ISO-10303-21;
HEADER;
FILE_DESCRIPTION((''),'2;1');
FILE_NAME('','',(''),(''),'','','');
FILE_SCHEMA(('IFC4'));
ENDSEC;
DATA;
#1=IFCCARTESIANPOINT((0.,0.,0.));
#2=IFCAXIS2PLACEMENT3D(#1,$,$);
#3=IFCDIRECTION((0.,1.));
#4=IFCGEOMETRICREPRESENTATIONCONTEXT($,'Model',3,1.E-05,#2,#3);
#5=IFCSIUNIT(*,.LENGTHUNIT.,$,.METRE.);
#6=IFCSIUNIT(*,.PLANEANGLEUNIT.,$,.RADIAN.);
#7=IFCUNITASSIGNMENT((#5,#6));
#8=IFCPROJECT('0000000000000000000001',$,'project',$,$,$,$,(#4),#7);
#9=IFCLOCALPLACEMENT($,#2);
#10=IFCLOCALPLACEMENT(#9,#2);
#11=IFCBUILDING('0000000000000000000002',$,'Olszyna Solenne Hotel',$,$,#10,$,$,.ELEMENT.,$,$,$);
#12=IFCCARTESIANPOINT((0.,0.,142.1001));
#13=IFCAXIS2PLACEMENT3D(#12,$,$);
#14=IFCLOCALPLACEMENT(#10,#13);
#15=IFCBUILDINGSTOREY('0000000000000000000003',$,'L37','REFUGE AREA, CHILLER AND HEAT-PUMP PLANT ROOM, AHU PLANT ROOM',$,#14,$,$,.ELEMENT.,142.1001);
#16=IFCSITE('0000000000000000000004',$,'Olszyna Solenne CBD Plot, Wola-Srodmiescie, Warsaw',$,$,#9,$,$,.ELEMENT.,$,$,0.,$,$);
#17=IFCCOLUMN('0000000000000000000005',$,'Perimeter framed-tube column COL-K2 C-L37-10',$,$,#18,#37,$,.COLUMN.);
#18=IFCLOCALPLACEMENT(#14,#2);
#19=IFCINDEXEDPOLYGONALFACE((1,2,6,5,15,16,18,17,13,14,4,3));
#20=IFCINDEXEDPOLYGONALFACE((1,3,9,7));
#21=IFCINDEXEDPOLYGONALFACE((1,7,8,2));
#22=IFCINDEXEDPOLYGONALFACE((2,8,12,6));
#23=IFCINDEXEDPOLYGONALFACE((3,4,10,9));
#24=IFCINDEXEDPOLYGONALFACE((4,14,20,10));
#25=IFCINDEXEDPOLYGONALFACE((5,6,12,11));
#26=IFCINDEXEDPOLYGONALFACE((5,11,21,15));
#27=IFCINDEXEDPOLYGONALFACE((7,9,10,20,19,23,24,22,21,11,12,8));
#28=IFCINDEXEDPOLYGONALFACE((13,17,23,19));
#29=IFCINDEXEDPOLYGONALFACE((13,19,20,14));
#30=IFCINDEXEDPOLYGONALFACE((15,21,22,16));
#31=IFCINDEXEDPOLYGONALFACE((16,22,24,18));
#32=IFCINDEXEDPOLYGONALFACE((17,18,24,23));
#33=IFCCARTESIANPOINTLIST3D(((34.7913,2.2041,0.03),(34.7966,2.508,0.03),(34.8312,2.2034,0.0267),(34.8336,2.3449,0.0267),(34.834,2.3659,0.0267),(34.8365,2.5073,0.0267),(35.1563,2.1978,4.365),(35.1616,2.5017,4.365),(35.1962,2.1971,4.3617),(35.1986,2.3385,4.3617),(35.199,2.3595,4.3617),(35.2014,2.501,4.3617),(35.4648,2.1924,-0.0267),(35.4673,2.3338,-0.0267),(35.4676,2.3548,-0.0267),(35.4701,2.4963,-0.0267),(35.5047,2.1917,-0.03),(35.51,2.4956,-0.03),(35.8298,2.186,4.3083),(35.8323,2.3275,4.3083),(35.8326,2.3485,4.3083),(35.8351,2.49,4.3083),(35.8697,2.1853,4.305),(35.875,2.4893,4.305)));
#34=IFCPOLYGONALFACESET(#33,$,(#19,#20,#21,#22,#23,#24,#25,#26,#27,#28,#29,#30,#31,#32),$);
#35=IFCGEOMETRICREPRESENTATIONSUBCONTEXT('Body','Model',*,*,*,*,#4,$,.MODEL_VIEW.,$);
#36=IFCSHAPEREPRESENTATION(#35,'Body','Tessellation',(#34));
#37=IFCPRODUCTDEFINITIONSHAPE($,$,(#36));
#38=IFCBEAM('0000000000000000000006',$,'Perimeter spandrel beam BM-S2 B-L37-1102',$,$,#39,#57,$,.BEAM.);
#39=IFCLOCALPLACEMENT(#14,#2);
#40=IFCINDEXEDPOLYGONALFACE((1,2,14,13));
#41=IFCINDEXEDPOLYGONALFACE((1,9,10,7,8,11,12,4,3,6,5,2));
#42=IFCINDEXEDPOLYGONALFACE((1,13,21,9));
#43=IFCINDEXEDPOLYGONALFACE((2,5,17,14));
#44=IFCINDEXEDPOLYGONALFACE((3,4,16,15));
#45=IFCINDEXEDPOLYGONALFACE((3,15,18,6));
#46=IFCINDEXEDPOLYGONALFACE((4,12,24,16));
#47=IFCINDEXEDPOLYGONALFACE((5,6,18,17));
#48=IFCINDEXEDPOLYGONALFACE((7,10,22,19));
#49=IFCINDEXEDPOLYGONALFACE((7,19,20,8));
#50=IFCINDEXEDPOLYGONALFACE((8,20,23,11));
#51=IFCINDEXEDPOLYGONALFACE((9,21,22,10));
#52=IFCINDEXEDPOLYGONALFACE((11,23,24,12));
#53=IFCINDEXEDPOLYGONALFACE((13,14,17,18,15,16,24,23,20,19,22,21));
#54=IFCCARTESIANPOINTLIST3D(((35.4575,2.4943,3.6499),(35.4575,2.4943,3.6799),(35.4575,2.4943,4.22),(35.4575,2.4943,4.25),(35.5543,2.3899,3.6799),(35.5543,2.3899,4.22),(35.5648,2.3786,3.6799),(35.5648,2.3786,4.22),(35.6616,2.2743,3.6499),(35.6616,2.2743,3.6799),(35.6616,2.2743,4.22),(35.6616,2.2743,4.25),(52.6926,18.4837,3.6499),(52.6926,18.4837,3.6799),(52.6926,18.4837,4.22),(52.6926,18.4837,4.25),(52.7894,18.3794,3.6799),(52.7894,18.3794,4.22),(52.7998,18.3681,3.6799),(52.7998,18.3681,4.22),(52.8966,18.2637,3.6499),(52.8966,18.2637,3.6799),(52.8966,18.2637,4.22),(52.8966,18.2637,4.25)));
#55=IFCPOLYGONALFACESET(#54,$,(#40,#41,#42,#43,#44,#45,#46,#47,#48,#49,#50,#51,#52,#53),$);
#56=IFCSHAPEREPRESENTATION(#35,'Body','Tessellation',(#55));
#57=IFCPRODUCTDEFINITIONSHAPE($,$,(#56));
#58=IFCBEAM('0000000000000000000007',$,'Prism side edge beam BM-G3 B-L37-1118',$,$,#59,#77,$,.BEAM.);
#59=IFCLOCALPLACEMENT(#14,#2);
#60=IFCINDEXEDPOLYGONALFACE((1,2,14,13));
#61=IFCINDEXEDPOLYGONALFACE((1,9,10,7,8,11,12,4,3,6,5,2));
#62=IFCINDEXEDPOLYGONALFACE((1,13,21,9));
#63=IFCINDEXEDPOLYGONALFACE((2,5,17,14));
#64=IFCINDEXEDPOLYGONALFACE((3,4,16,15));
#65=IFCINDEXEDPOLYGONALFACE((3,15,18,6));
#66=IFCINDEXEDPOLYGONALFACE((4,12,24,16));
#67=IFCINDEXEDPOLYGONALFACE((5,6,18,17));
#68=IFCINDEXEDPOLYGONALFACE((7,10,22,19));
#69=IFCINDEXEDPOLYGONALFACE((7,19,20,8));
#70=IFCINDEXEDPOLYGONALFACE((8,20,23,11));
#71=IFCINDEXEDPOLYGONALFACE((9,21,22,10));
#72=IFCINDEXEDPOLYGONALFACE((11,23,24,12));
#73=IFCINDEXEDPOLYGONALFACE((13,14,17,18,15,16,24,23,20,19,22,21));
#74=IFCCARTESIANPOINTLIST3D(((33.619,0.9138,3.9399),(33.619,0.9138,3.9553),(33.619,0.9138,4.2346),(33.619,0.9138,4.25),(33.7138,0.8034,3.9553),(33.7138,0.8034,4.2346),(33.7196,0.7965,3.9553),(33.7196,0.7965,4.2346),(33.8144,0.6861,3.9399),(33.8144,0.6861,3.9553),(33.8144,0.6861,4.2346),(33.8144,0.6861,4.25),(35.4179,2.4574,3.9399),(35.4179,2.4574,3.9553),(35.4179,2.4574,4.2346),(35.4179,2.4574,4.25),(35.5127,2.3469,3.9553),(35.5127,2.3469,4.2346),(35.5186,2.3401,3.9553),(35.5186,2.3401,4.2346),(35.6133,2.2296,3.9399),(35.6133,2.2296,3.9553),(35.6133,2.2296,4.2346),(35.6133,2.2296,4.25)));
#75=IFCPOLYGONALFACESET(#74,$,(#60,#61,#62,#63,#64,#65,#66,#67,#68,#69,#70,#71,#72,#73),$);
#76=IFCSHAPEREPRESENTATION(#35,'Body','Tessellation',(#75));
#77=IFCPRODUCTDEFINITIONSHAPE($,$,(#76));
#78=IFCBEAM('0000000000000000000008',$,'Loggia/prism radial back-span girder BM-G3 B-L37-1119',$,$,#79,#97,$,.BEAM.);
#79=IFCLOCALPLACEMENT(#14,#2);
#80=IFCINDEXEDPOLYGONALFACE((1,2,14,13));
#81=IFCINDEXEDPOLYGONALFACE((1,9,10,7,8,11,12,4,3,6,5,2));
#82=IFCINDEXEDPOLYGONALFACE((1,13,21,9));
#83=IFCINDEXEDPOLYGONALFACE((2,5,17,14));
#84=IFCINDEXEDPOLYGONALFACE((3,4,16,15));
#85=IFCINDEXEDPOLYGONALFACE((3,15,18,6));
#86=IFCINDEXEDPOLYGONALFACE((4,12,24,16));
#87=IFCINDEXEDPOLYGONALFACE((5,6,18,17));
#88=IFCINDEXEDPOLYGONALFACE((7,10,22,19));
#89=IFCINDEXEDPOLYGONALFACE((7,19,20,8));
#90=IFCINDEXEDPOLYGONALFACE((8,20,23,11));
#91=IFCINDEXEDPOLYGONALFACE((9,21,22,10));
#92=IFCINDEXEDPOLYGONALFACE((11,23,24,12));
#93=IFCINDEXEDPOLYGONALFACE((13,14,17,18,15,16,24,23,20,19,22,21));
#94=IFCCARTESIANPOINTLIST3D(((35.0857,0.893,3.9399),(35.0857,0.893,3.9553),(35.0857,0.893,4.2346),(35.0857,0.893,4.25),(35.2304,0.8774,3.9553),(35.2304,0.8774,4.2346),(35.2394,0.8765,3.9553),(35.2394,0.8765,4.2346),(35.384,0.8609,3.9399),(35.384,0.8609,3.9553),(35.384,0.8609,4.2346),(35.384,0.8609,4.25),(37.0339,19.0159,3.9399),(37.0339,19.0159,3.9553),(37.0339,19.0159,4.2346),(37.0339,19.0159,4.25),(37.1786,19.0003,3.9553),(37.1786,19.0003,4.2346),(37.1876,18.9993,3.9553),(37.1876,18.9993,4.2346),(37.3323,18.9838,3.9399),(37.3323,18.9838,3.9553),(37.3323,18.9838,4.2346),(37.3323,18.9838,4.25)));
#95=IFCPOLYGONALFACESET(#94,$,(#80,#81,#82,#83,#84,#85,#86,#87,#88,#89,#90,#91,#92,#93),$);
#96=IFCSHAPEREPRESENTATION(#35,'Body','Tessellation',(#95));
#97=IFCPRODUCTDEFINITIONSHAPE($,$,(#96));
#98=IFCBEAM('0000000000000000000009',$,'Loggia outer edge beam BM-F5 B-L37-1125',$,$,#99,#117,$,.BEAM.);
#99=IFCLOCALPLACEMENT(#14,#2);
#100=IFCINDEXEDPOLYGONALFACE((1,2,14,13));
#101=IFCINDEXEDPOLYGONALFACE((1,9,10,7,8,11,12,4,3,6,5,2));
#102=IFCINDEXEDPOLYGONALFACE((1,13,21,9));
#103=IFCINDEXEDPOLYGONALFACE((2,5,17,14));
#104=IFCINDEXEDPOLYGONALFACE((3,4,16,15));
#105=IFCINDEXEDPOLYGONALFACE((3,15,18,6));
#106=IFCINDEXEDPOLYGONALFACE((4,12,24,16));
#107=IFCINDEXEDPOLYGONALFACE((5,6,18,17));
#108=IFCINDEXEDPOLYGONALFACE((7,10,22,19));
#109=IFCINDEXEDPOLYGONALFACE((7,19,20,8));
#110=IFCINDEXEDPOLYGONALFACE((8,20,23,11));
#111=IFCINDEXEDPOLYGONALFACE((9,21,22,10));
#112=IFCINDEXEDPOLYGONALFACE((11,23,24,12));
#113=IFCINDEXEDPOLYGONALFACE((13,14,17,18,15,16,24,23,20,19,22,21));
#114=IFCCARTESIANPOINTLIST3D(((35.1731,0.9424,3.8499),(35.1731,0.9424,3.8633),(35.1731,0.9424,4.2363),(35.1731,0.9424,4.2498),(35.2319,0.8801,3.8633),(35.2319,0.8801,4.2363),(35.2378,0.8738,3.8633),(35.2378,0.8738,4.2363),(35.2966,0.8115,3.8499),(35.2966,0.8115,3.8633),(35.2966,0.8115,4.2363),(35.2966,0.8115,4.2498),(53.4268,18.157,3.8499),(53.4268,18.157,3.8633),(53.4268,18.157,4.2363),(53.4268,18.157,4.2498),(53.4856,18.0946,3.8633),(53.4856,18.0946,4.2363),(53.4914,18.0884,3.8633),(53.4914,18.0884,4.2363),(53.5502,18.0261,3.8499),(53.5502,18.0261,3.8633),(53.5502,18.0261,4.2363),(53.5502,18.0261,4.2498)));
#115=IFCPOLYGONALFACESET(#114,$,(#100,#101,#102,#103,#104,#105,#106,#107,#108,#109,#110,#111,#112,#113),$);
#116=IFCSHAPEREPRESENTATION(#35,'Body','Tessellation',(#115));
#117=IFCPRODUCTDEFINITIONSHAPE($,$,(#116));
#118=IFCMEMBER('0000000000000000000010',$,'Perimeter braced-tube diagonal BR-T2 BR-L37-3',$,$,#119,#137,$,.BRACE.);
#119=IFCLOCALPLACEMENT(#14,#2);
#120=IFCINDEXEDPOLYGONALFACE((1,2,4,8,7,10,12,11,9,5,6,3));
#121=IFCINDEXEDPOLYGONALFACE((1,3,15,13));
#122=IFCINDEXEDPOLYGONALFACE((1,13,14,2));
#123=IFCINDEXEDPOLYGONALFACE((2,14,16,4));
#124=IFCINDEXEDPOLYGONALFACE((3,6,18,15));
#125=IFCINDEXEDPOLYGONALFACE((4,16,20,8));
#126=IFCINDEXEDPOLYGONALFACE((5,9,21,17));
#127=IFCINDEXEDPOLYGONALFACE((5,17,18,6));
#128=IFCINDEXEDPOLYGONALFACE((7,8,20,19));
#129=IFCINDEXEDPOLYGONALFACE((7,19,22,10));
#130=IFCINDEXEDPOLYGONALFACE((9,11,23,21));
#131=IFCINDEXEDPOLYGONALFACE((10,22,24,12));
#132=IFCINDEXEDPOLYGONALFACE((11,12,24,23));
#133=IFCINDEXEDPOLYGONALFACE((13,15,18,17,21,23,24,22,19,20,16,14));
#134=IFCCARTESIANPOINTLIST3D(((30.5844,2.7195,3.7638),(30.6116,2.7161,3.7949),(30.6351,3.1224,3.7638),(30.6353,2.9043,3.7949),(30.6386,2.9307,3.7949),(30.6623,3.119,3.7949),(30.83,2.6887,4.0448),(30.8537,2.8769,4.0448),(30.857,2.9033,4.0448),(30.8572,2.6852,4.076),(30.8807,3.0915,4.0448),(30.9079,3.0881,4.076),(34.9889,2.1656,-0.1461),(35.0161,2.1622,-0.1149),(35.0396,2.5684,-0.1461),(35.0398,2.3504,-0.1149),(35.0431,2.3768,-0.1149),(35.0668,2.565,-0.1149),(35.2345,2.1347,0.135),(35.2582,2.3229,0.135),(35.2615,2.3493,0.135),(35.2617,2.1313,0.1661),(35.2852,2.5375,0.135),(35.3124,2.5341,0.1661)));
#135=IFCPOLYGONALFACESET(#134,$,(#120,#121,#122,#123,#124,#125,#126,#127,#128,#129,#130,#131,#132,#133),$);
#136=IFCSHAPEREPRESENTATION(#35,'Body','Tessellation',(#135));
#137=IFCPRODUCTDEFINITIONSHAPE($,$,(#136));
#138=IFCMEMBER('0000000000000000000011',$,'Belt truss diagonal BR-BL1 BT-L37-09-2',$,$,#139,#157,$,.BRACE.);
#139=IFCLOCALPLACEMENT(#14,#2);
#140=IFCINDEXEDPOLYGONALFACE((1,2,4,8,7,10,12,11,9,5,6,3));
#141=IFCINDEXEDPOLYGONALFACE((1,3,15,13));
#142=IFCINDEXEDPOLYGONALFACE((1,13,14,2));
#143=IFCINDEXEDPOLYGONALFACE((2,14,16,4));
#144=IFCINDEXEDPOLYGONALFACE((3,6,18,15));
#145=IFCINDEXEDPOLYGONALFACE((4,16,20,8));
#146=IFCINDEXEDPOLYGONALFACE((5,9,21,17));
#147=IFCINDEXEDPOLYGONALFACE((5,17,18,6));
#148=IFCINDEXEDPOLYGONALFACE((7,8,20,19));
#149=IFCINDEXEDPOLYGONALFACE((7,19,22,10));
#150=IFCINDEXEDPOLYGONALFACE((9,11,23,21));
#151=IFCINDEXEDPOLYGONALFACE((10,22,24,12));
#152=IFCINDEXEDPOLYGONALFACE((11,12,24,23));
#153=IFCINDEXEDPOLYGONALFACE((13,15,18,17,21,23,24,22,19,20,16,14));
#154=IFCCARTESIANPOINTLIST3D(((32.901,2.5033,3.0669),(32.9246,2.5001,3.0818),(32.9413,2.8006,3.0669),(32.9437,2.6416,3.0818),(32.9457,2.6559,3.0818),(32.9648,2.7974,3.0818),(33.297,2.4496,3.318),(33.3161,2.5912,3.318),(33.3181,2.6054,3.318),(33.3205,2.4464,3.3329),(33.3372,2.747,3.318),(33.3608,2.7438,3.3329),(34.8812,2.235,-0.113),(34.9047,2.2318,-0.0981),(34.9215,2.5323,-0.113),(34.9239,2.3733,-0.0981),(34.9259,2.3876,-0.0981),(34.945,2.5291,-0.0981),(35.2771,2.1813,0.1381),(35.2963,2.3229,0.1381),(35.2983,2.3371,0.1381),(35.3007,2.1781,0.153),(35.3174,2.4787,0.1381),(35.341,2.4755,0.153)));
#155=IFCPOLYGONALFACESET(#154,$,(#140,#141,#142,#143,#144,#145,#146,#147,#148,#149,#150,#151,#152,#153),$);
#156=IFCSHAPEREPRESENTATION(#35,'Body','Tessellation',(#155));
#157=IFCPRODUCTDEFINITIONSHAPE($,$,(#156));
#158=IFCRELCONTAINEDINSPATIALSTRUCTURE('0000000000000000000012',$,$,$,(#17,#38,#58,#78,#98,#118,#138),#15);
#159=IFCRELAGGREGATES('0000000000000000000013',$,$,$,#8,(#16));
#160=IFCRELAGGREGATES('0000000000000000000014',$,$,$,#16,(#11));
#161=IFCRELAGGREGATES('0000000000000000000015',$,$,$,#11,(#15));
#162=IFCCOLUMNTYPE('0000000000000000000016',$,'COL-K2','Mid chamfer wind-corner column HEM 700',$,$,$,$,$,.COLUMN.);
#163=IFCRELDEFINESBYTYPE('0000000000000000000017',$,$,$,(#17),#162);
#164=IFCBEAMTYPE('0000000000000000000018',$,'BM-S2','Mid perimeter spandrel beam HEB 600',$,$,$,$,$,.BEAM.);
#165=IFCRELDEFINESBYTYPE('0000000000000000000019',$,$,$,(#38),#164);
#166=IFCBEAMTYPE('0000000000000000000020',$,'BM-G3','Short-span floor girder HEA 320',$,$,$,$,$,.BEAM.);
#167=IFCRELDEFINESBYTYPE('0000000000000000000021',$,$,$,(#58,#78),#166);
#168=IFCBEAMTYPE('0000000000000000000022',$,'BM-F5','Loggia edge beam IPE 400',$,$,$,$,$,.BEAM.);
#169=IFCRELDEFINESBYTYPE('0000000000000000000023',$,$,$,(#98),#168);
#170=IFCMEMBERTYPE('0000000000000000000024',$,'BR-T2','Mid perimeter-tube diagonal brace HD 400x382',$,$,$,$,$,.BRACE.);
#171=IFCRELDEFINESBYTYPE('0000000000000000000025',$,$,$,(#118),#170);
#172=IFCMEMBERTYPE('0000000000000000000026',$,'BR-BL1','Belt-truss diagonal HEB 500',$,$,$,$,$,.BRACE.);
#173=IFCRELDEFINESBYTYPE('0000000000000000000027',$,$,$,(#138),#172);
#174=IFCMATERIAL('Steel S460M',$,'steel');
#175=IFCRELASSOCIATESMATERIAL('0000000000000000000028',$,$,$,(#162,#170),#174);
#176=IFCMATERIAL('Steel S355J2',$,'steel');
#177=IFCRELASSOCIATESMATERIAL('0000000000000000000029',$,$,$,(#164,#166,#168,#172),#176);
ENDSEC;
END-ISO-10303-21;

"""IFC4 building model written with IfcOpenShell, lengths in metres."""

from ifc_helpers import new_model, si_unit, direction, frame, origin, origin_2d, place, context, subcontext, project, spatial, i_section, extrude, source, transform, mapped, material, material_profile, profile_set, type_object, element, save


model = new_model("IFC4")

# Units and contexts
model_context = context("Model", 3, precision=1e-05, world=origin(), true_north=direction((0.0, 1.0)))
body_context = subcontext(model_context, "Body", "Model", "MODEL_VIEW")
ifc_project = project(units=[si_unit("LENGTHUNIT", "METRE"), si_unit("PLANEANGLEUNIT", "RADIAN")], contexts=[model_context])

# Site, building, storey
site_placement = place(None, origin())
site = spatial("IfcSite", under=ifc_project, at=site_placement, Name="Olszyna Solenne CBD Plot, Wola-Srodmiescie, Warsaw", CompositionType="ELEMENT", RefElevation=0.0)
building_placement = place(site_placement, origin())
building = spatial("IfcBuilding", under=site, at=building_placement, Name="Olszyna Solenne Hotel", CompositionType="ELEMENT")
storey_placement = place(building_placement, frame((0.0, 0.0, 142.1001)))
storey = spatial("IfcBuildingStorey", under=building, at=storey_placement, Name="L37", Description="REFUGE AREA, CHILLER AND HEAT-PUMP PLANT ROOM, AHU PLANT ROOM", CompositionType="ELEMENT", Elevation=142.1001)

# Column
ifc_material_1 = material(Name="Steel S460M", Category="steel")
ifc_material_profile_1 = material_profile(ifc_material_1, i_section(OverallWidth=0.304, OverallDepth=0.7161, WebThickness=0.021, FlangeThickness=0.04, at=origin_2d()), Name="HEM 700", Category="load-bearing")
ifc_profile_set_1 = profile_set([ifc_material_profile_1], Name="Steel S460M")
column_type = type_object("IfcColumnType", Name="COL-K2", Description="Mid chamfer wind-corner column HEM 700", PredefinedType="COLUMN", material=ifc_profile_set_1)
shared_shape_1 = source(origin(), body_context, "Body", "SweptSolid", [
    extrude(i_section(OverallWidth=0.304, OverallDepth=0.7161, WebThickness=0.021, FlangeThickness=0.04, at=origin_2d()), origin(), (0.0, 0.0, 1.0), 4.3503),
])
column_placement = place(storey_placement, frame((35.1506, 2.3499, 0.0), z_axis=(0.0839, -0.001459, 0.996473), x_axis=(0.017389, 0.999849, 0.0)))
element("IfcColumn", 1, at=column_placement, inside=storey, type_object=column_type, Name="Perimeter framed-tube column COL-K2 C-L37-10", PredefinedType="COLUMN", context=body_context, shape_type="MappedRepresentation", body=[
    mapped(shared_shape_1, transform((0.0, 0.0, 0.0), x_axis=(1.0, 0.0, 0.0), y_axis=(0.0, 1.0, 0.0), z_axis=(0.0, 0.0, 1.0), scale=1.0)),
])

# Beams
ifc_material_2 = material(Name="Steel S355J2", Category="steel")
ifc_material_profile_2 = material_profile(ifc_material_2, i_section(OverallWidth=0.3, OverallDepth=0.6001, WebThickness=0.0154, FlangeThickness=0.03, at=origin_2d()), Name="HEB 600", Category="load-bearing")
ifc_profile_set_2 = profile_set([ifc_material_profile_2], Name="Steel S355J2")
beam_type_1 = type_object("IfcBeamType", Name="BM-S2", Description="Mid perimeter spandrel beam HEB 600", PredefinedType="BEAM", material=ifc_profile_set_2)
shared_shape_2 = source(origin(), body_context, "Body", "SweptSolid", [
    extrude(i_section(OverallWidth=0.3, OverallDepth=0.6001, WebThickness=0.0154, FlangeThickness=0.03, at=origin_2d()), origin(), (0.0, 0.0, 1.0), 23.5098),
])
beam_1_placement = place(storey_placement, frame((35.5596, 2.3843, 3.95), z_axis=(0.733102, 0.680119, 0.0), x_axis=(-0.680119, 0.733102, 0.0)))
element("IfcBeam", 2, at=beam_1_placement, inside=storey, type_object=beam_type_1, Name="Perimeter spandrel beam BM-S2 B-L37-1102", PredefinedType="BEAM", context=body_context, shape_type="MappedRepresentation", body=[
    mapped(shared_shape_2, transform((0.0, 0.0, 0.0), x_axis=(1.0, 0.0, 0.0), y_axis=(0.0, 1.0, 0.0), z_axis=(0.0, 0.0, 1.0), scale=1.0)),
])
ifc_material_profile_3 = material_profile(ifc_material_2, i_section(OverallWidth=0.3, OverallDepth=0.3101, WebThickness=0.009, FlangeThickness=0.0154, at=origin_2d()), Name="HEA 320", Category="load-bearing")
ifc_profile_set_3 = profile_set([ifc_material_profile_3], Name="Steel S355J2")
beam_type_2 = type_object("IfcBeamType", Name="BM-G3", Description="Short-span floor girder HEA 320", PredefinedType="BEAM", material=ifc_profile_set_3)
shared_shape_3 = source(origin(), body_context, "Body", "SweptSolid", [
    extrude(i_section(OverallWidth=0.3, OverallDepth=0.3101, WebThickness=0.009, FlangeThickness=0.0154, at=origin_2d()), origin(), (0.0, 0.0, 1.0), 2.3704),
])
beam_2_placement = place(storey_placement, frame((35.5156, 2.3435, 4.095), z_axis=(-0.758922, -0.651181, 0.0), x_axis=(0.651181, -0.758922, 0.0)))
element("IfcBeam", 3, at=beam_2_placement, inside=storey, type_object=beam_type_2, Name="Prism side edge beam BM-G3 B-L37-1118", PredefinedType="BEAM", context=body_context, shape_type="MappedRepresentation", body=[
    mapped(shared_shape_3, transform((0.0, 0.0, 0.0), x_axis=(1.0, 0.0, 0.0), y_axis=(0.0, 1.0, 0.0), z_axis=(0.0, 0.0, 1.0), scale=1.0)),
])
shared_shape_4 = source(origin(), body_context, "Body", "SweptSolid", [
    extrude(i_section(OverallWidth=0.3, OverallDepth=0.3101, WebThickness=0.009, FlangeThickness=0.0154, at=origin_2d()), origin(), (0.0, 0.0, 1.0), 18.2273),
])
beam_3_placement = place(storey_placement, frame((35.2349, 0.877, 4.095), z_axis=(0.106886, 0.994271, 0.0), x_axis=(-0.994271, 0.106886, 0.0)))
element("IfcBeam", 4, at=beam_3_placement, inside=storey, type_object=beam_type_2, Name="Loggia/prism radial back-span girder BM-G3 B-L37-1119", PredefinedType="BEAM", context=body_context, shape_type="MappedRepresentation", body=[
    mapped(shared_shape_4, transform((0.0, 0.0, 0.0), x_axis=(1.0, 0.0, 0.0), y_axis=(0.0, 1.0, 0.0), z_axis=(0.0, 0.0, 1.0), scale=1.0)),
])
ifc_material_profile_4 = material_profile(ifc_material_2, i_section(OverallWidth=0.1799, OverallDepth=0.3999, WebThickness=0.0085, FlangeThickness=0.0134, at=origin_2d()), Name="IPE 400", Category="load-bearing")
ifc_profile_set_4 = profile_set([ifc_material_profile_4], Name="Steel S355J2")
beam_type_3 = type_object("IfcBeamType", Name="BM-F5", Description="Loggia edge beam IPE 400", PredefinedType="BEAM", material=ifc_profile_set_4)
shared_shape_5 = source(origin(), body_context, "Body", "SweptSolid", [
    extrude(i_section(OverallWidth=0.1799, OverallDepth=0.3999, WebThickness=0.0085, FlangeThickness=0.0134, at=origin_2d()), origin(), (0.0, 0.0, 1.0), 25.0906),
])
beam_4_placement = place(storey_placement, frame((35.2349, 0.877, 4.0498), z_axis=(0.72751, 0.686097, 0.0), x_axis=(-0.686097, 0.72751, 0.0)))
element("IfcBeam", 5, at=beam_4_placement, inside=storey, type_object=beam_type_3, Name="Loggia outer edge beam BM-F5 B-L37-1125", PredefinedType="BEAM", context=body_context, shape_type="MappedRepresentation", body=[
    mapped(shared_shape_5, transform((0.0, 0.0, 0.0), x_axis=(1.0, 0.0, 0.0), y_axis=(0.0, 1.0, 0.0), z_axis=(0.0, 0.0, 1.0), scale=1.0)),
])

# Members
ifc_material_profile_5 = material_profile(ifc_material_1, i_section(OverallWidth=0.406, OverallDepth=0.416, WebThickness=0.0266, FlangeThickness=0.0415, at=origin_2d()), Name="HD 400x382", Category="load-bearing")
ifc_profile_set_5 = profile_set([ifc_material_profile_5], Name="Steel S460M")
member_type_1 = type_object("IfcMemberType", Name="BR-T2", Description="Mid perimeter-tube diagonal brace HD 400x382", PredefinedType="BRACE", material=ifc_profile_set_5)
shared_shape_6 = source(origin(), body_context, "Body", "SweptSolid", [
    extrude(i_section(OverallWidth=0.406, OverallDepth=0.416, WebThickness=0.0266, FlangeThickness=0.0415, at=origin_2d()), origin(), (0.0, 0.0, 1.0), 5.9155),
])
member_1_placement = place(storey_placement, frame((35.1506, 2.3499, 0.01), z_axis=(-0.744564, 0.093643, 0.66095), x_axis=(-0.124786, -0.992184, 0.0)))
element("IfcMember", 6, at=member_1_placement, inside=storey, type_object=member_type_1, Name="Perimeter braced-tube diagonal BR-T2 BR-L37-3", PredefinedType="BRACE", context=body_context, shape_type="MappedRepresentation", body=[
    mapped(shared_shape_6, transform((0.0, 0.0, 0.0), x_axis=(1.0, 0.0, 0.0), y_axis=(0.0, 1.0, 0.0), z_axis=(0.0, 0.0, 1.0), scale=1.0)),
])
ifc_material_profile_6 = material_profile(ifc_material_2, i_section(OverallWidth=0.3, OverallDepth=0.5, WebThickness=0.0144, FlangeThickness=0.0281, at=origin_2d()), Name="HEB 500", Category="load-bearing")
ifc_profile_set_6 = profile_set([ifc_material_profile_6], Name="Steel S355J2")
member_type_2 = type_object("IfcMemberType", Name="BR-BL1", Description="Belt-truss diagonal HEB 500", PredefinedType="BRACE", material=ifc_profile_set_6)
shared_shape_7 = source(origin(), body_context, "Body", "SweptSolid", [
    extrude(i_section(OverallWidth=0.3, OverallDepth=0.5, WebThickness=0.0144, FlangeThickness=0.0281, at=origin_2d()), origin(), (0.0, 0.0, 1.0), 3.7556),
])
member_2_placement = place(storey_placement, frame((35.1111, 2.3552, 0.02), z_axis=(-0.527259, 0.071441, 0.846696), x_axis=(-0.134268, -0.990945, 0.0)))
element("IfcMember", 7, at=member_2_placement, inside=storey, type_object=member_type_2, Name="Belt truss diagonal BR-BL1 BT-L37-09-2", PredefinedType="BRACE", context=body_context, shape_type="MappedRepresentation", body=[
    mapped(shared_shape_7, transform((0.0, 0.0, 0.0), x_axis=(1.0, 0.0, 0.0), y_axis=(0.0, 1.0, 0.0), z_axis=(0.0, 0.0, 1.0), scale=1.0)),
])

save(model, "model.ifc")
